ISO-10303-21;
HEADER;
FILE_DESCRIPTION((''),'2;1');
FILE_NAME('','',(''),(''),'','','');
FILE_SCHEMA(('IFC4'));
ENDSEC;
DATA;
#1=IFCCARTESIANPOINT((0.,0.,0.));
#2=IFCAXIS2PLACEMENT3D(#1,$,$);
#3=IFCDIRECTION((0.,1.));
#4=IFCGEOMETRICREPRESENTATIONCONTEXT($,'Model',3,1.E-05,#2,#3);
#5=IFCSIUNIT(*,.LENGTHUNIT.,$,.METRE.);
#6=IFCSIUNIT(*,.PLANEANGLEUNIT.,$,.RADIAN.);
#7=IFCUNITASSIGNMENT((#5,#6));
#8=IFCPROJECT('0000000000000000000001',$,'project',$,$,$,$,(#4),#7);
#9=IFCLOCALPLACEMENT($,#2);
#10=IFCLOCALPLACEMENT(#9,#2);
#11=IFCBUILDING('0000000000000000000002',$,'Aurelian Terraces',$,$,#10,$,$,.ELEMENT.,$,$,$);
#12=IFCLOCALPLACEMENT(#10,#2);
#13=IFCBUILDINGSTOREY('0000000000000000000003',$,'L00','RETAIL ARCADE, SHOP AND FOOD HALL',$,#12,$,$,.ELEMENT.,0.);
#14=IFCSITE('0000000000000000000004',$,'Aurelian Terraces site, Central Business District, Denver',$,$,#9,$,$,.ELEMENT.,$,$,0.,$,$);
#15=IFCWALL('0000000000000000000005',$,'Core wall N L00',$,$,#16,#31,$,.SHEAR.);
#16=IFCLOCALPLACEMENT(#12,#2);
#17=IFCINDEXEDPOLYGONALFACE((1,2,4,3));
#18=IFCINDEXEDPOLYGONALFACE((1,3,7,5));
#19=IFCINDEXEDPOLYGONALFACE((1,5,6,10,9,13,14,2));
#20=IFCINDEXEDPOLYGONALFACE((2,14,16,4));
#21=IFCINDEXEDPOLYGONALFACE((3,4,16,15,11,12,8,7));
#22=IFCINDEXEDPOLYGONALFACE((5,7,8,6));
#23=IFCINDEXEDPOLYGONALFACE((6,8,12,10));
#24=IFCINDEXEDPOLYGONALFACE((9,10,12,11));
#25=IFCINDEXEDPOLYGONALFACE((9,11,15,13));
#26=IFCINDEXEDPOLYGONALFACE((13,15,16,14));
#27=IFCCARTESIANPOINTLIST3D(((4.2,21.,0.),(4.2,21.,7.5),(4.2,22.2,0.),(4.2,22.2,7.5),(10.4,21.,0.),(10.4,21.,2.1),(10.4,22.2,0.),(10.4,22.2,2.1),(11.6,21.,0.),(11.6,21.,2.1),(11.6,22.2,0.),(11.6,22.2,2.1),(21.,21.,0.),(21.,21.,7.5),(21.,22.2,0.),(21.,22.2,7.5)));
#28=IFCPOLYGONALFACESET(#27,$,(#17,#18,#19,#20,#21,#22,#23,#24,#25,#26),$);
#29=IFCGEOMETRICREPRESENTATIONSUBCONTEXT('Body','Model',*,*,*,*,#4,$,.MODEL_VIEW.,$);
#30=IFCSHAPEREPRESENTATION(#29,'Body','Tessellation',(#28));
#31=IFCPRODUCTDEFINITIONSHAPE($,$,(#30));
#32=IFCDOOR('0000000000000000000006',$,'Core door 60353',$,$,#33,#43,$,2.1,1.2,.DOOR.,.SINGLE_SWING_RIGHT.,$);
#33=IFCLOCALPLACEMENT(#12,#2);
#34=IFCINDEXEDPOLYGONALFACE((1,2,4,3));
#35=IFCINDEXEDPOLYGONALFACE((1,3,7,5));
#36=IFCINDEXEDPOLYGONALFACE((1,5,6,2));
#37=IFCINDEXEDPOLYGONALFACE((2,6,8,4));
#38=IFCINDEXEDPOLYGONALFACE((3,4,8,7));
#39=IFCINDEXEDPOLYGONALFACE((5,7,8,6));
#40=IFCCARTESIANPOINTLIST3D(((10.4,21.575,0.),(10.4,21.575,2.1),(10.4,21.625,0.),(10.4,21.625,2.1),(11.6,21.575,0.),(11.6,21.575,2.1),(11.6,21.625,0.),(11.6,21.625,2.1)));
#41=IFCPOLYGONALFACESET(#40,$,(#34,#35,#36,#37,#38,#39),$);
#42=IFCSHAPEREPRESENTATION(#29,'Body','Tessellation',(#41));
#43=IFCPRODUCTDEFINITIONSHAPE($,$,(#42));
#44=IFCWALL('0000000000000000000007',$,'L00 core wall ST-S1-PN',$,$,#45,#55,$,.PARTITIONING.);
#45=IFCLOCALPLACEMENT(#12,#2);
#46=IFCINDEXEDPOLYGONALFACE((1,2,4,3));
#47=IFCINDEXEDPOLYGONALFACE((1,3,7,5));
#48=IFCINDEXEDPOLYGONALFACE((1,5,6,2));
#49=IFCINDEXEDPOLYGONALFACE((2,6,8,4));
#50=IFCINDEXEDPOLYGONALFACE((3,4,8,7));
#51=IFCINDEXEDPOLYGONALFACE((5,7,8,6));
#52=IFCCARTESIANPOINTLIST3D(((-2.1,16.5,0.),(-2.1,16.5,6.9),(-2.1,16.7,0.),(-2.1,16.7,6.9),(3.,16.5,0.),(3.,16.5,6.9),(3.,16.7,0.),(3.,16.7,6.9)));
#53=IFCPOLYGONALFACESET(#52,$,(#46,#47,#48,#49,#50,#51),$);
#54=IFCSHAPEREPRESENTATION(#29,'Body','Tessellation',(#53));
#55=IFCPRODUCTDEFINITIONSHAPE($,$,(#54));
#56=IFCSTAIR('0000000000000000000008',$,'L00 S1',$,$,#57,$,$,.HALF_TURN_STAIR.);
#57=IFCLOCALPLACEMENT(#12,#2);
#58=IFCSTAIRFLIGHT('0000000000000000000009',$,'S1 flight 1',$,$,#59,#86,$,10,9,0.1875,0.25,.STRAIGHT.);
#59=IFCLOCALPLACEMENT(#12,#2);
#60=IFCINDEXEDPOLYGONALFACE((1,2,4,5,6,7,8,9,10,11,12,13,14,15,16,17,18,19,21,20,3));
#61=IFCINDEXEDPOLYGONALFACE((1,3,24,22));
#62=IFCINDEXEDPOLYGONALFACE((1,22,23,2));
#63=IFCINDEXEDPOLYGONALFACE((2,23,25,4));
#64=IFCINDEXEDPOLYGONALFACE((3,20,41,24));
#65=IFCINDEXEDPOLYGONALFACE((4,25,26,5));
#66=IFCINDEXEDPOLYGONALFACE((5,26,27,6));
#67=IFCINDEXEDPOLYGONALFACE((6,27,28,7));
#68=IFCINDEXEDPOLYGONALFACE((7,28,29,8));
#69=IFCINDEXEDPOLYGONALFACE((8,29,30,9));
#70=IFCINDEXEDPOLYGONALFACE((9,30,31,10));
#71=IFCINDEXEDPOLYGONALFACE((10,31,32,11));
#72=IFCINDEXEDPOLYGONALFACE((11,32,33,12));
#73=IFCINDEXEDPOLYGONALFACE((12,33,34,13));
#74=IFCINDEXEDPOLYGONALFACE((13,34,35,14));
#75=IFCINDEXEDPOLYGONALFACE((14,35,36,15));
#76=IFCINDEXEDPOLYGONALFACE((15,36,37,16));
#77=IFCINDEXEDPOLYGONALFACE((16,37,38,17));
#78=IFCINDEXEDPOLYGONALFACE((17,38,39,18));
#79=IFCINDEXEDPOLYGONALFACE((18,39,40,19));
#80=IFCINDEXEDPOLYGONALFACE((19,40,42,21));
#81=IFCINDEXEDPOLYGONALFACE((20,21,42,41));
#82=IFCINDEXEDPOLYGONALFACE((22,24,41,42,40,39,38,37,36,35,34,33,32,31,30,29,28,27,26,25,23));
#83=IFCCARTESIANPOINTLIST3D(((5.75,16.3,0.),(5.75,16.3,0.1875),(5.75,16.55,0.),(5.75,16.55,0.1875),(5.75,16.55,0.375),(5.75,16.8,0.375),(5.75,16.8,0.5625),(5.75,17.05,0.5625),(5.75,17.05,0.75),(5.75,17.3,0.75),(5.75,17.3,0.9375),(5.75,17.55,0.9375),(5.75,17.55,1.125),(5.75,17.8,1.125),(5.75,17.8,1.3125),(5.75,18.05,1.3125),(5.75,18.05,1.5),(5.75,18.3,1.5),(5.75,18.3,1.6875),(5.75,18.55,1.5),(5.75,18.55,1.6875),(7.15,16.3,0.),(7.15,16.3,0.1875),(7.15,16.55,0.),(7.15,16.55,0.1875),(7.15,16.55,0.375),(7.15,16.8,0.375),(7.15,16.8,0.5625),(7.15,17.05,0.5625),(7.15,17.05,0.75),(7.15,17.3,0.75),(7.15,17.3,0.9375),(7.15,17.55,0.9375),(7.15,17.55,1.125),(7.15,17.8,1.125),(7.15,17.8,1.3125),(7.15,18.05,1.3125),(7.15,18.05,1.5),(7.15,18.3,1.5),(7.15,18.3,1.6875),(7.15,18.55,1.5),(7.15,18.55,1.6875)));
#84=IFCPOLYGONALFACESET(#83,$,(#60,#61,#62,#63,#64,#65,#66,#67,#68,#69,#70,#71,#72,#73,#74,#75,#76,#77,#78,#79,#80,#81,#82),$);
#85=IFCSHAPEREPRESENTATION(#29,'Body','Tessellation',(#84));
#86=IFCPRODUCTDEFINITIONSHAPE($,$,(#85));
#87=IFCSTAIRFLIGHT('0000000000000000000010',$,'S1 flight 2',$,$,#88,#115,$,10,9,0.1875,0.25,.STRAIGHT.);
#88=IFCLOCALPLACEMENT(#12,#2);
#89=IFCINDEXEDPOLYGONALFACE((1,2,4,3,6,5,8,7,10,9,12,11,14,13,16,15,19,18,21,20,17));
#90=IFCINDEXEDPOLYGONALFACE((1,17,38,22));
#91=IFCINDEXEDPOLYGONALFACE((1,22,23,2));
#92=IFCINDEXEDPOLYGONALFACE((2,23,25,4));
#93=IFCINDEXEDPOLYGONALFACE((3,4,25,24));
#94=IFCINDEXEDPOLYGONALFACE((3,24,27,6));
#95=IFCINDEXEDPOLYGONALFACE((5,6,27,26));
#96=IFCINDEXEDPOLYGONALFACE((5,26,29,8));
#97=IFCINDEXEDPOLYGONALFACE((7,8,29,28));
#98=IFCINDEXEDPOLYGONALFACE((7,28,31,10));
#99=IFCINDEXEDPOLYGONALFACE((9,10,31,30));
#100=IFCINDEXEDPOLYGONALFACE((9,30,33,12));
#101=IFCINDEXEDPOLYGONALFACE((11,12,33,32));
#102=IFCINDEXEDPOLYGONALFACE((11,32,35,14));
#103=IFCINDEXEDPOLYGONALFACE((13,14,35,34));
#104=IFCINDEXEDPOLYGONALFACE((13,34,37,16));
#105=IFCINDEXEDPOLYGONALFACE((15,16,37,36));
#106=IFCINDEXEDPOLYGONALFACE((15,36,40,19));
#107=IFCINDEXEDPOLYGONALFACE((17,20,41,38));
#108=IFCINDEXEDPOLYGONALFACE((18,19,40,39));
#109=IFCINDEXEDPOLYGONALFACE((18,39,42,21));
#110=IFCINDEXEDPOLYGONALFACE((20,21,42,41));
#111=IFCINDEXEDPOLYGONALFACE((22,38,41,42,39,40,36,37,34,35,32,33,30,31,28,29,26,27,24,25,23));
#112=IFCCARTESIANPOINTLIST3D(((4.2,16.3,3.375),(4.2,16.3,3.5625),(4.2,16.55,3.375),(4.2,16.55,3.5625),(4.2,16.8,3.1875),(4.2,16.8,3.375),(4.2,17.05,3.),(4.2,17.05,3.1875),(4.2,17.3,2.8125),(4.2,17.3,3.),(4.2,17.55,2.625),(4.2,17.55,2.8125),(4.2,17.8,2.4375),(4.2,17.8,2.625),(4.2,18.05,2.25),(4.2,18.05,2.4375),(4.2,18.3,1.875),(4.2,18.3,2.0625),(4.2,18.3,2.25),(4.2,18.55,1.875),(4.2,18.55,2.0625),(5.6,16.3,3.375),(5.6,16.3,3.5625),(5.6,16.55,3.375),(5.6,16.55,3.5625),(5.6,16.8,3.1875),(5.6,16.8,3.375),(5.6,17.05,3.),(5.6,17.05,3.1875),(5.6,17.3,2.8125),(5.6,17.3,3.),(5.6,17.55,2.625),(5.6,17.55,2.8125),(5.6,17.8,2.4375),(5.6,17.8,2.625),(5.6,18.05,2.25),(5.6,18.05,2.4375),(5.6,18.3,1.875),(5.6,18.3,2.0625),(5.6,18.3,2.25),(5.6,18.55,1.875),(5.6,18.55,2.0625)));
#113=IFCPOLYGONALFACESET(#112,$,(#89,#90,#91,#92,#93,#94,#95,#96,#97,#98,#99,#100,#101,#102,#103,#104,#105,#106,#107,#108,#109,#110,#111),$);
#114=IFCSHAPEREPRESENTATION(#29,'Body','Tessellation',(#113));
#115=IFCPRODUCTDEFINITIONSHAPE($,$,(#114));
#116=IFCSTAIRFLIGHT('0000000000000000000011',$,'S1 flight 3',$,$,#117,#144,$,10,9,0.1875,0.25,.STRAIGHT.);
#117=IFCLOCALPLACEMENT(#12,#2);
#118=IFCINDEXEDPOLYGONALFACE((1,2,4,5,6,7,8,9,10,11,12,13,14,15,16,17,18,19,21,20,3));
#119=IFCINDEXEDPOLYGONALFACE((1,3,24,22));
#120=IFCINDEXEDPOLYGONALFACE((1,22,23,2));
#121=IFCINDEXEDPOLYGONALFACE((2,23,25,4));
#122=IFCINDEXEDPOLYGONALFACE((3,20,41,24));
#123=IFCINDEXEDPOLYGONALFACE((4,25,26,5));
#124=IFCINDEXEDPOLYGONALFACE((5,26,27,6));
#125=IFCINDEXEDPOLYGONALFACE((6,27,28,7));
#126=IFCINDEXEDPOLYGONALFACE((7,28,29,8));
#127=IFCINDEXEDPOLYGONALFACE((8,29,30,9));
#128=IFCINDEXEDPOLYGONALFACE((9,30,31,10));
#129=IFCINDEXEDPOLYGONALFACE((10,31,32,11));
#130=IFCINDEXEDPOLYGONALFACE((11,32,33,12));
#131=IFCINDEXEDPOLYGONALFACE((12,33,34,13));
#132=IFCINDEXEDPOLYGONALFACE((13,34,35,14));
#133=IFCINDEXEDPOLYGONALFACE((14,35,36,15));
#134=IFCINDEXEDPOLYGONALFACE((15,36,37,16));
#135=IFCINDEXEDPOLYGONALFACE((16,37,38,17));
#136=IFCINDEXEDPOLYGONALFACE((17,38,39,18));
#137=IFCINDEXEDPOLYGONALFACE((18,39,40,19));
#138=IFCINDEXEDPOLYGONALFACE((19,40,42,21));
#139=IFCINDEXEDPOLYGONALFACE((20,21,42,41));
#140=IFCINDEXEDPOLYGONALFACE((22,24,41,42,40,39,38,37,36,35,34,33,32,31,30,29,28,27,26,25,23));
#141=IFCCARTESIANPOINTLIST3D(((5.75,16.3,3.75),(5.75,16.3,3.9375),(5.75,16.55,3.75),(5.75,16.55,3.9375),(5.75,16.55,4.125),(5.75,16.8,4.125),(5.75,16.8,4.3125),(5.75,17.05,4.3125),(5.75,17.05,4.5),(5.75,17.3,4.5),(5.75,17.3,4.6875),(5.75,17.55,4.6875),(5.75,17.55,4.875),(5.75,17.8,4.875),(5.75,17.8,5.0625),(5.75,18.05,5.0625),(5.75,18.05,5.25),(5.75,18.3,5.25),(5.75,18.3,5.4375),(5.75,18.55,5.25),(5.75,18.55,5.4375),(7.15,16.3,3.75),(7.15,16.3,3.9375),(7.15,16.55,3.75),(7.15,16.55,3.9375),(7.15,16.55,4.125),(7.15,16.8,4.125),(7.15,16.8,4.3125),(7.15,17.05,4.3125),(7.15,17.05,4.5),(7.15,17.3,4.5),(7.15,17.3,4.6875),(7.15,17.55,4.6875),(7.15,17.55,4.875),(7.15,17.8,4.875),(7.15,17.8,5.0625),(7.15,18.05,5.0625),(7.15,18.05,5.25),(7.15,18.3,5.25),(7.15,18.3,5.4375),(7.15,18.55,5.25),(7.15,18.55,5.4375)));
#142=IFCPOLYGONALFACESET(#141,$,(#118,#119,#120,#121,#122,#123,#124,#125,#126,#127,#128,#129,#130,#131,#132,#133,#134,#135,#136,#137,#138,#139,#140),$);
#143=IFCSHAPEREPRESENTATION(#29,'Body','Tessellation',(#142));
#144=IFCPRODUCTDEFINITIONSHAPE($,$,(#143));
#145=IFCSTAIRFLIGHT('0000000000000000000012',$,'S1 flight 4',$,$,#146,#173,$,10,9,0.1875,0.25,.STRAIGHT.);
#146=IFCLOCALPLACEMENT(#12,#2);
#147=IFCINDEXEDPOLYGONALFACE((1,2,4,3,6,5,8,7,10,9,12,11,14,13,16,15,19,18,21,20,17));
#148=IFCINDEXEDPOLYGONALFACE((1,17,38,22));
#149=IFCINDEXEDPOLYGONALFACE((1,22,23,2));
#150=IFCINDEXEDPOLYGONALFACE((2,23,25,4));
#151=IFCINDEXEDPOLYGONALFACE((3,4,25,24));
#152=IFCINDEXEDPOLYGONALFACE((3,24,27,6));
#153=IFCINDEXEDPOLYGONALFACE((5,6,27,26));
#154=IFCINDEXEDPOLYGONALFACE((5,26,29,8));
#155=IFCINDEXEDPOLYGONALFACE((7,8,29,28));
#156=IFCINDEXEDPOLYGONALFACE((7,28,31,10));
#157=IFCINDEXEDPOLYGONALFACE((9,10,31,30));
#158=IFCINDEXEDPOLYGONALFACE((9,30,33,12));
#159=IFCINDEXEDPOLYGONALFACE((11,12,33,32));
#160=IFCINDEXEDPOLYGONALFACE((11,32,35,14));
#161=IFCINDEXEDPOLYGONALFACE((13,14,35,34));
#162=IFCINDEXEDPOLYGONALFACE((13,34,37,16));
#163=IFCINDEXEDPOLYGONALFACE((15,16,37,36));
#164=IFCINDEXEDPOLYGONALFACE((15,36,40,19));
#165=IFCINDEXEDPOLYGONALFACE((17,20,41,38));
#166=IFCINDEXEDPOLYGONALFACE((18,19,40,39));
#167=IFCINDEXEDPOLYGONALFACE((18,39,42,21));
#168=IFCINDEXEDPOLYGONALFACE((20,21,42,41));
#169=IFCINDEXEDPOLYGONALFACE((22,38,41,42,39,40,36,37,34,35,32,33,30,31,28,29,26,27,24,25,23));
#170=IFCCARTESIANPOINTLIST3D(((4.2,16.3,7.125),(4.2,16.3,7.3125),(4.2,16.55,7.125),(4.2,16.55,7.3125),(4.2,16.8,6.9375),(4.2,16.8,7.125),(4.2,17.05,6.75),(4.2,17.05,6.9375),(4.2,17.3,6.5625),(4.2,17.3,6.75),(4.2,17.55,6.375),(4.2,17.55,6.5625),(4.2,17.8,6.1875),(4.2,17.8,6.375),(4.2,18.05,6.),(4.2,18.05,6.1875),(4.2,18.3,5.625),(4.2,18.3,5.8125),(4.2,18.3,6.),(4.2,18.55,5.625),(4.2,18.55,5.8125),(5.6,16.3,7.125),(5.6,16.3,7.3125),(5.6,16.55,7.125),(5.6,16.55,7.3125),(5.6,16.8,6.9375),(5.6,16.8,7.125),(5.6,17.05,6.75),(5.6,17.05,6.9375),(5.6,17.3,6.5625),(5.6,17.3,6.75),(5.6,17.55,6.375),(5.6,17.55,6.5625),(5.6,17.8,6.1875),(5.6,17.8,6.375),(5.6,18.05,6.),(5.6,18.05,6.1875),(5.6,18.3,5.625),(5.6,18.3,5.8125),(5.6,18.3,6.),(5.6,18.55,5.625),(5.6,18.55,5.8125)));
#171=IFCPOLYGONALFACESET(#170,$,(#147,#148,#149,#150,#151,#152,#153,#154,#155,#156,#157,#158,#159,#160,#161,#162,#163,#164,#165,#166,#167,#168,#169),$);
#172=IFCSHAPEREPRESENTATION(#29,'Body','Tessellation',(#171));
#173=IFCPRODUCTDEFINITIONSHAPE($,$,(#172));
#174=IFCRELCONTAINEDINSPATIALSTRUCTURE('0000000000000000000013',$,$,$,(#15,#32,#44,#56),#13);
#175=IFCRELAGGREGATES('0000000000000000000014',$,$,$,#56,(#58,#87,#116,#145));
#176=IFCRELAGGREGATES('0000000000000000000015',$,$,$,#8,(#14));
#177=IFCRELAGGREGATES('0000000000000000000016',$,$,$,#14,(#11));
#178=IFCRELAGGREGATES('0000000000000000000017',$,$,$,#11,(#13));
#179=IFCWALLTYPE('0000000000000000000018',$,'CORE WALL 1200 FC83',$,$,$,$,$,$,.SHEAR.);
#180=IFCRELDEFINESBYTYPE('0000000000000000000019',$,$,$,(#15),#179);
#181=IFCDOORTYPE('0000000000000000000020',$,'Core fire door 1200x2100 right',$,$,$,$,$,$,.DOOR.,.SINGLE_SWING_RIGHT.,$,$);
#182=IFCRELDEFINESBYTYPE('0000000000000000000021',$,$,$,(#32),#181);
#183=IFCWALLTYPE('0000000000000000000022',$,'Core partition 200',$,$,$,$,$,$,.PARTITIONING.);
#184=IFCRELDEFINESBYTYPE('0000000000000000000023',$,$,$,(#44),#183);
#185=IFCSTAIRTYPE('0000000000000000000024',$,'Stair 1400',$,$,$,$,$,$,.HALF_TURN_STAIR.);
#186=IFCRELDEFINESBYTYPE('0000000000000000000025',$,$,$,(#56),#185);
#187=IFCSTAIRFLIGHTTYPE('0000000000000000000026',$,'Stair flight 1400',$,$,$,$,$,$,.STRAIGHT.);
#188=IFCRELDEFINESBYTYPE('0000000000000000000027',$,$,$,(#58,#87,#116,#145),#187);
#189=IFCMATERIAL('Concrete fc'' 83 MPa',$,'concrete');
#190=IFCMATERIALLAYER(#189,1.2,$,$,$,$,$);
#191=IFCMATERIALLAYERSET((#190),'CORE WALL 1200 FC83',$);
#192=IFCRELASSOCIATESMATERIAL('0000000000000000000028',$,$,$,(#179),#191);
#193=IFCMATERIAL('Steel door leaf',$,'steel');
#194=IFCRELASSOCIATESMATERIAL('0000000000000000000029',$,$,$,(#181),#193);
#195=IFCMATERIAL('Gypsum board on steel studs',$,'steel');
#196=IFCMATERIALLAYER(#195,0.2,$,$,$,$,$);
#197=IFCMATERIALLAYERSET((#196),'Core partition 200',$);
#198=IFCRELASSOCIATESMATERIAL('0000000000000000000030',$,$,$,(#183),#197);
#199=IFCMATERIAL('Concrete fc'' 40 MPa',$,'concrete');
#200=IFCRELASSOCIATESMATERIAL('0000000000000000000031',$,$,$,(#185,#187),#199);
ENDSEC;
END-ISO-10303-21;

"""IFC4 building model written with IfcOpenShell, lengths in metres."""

from ifc_helpers import new_model, si_unit, direction, frame, frame_2d, origin, place, context, subcontext, project, spatial, polyline, rectangle, outline, extrude, source, transform, mapped, material, layer, layer_set, type_object, element, fill, aggregate, save


model = new_model("IFC4")

# Units and contexts
model_context = context("Model", 3, precision=1e-05, world=origin(), true_north=direction((0.0, 1.0)))
body_context = subcontext(model_context, "Body", "Model", "MODEL_VIEW")
ifc_project = project(units=[si_unit("LENGTHUNIT", "METRE"), si_unit("PLANEANGLEUNIT", "RADIAN")], contexts=[model_context])

# Site, building, storey
site_placement = place(None, origin())
site = spatial("IfcSite", under=ifc_project, at=site_placement, Name="Aurelian Terraces site, Central Business District, Denver", CompositionType="ELEMENT", RefElevation=0.0)
building_placement = place(site_placement, origin())
building = spatial("IfcBuilding", under=site, at=building_placement, Name="Aurelian Terraces", CompositionType="ELEMENT")
storey_placement = place(building_placement, origin())
storey = spatial("IfcBuildingStorey", under=building, at=storey_placement, Name="L00", Description="RETAIL ARCADE, SHOP AND FOOD HALL", CompositionType="ELEMENT", Elevation=0.0)

# Shared definitions
ifc_material_1 = material(Name="Concrete fc' 83 MPa", Category="concrete")

# Wall, opening, door
ifc_material_2 = material(Name="Gypsum board on steel studs", Category="steel")
ifc_layer_1 = layer(ifc_material_1, 1.2)
ifc_layer_set_1 = layer_set([ifc_layer_1], Name="CORE WALL 1200 FC83")
wall_type_1 = type_object("IfcWallType", Name="CORE WALL 1200 FC83", PredefinedType="SHEAR", material=ifc_layer_set_1)
shared_shape_1 = source(origin(), body_context, "Body", "SweptSolid", [
    extrude(rectangle(XDim=16.8, YDim=1.2, at=frame_2d((8.4, 0.0))), origin(), (0.0, 0.0, 1.0), 7.5),
])
wall_1_placement = place(storey_placement, frame((4.2, 21.6, 0.0), z_axis=(0.0, 0.0, 1.0), x_axis=(1.0, 0.0, 0.0)))
wall_1 = element("IfcWall", 1, at=wall_1_placement, inside=storey, type_object=wall_type_1, Name="Core wall N L00", PredefinedType="SHEAR", context=body_context, shape_type="MappedRepresentation", body=[
    mapped(shared_shape_1, transform((0.0, 0.0, 0.0), scale=1.0)),
])
shared_shape_2 = source(origin(), body_context, "Body", "SweptSolid", [
    extrude(rectangle(XDim=1.2, YDim=2.1, at=frame_2d((0.6, 1.05))), frame((0.0, 0.61, 0.0), z_axis=(0.0, -1.0, 0.0), x_axis=(1.0, 0.0, 0.0)), (0.0, 0.0, 1.0), 1.22),
])
opening_1_placement = place(wall_1_placement, frame((6.2, 0.0, 0.0)))
opening_1 = element("IfcOpeningElement", 2, at=opening_1_placement, cuts=wall_1, PredefinedType="OPENING", context=body_context, shape_type="MappedRepresentation", body=[
    mapped(shared_shape_2, transform((0.0, 0.0, 0.0), scale=1.0)),
])
ifc_material_3 = material(Name="Steel door leaf", Category="steel")
door_type_1 = type_object("IfcDoorType", Name="Core fire door 1200x2100 right", OperationType="SINGLE_SWING_RIGHT", PredefinedType="DOOR", material=ifc_material_3)
shared_shape_3 = source(origin(), body_context, "Body", "SweptSolid", [
    extrude(rectangle(XDim=1.2, YDim=2.1, at=frame_2d((0.6, 1.05))), frame((0.0, 0.025, 0.0), z_axis=(0.0, -1.0, 0.0), x_axis=(1.0, 0.0, 0.0)), (0.0, 0.0, 1.0), 0.05),
])
door_1_placement = place(opening_1_placement, origin())
door_1 = element("IfcDoor", 3, at=door_1_placement, inside=storey, type_object=door_type_1, Name="Core door 60353", OperationType="SINGLE_SWING_RIGHT", OverallHeight=2.1, OverallWidth=1.2, PredefinedType="DOOR", context=body_context, shape_type="MappedRepresentation", body=[
    mapped(shared_shape_3, transform((0.0, 0.0, 0.0), scale=1.0)),
])
fill(opening_1, door_1)

# Wall
ifc_layer_2 = layer(ifc_material_2, 0.2)
ifc_layer_set_2 = layer_set([ifc_layer_2], Name="Core partition 200")
wall_type_2 = type_object("IfcWallType", Name="Core partition 200", PredefinedType="PARTITIONING", material=ifc_layer_set_2)
shared_shape_4 = source(origin(), body_context, "Body", "SweptSolid", [
    extrude(rectangle(XDim=5.1, YDim=0.2, at=frame_2d((2.55, 0.0))), origin(), (0.0, 0.0, 1.0), 6.9),
])
wall_2_placement = place(storey_placement, frame((-2.1, 16.6, 0.0), z_axis=(0.0, 0.0, 1.0), x_axis=(1.0, 0.0, 0.0)))
element("IfcWall", 4, at=wall_2_placement, inside=storey, type_object=wall_type_2, Name="L00 core wall ST-S1-PN", PredefinedType="PARTITIONING", context=body_context, shape_type="MappedRepresentation", body=[
    mapped(shared_shape_4, transform((0.0, 0.0, 0.0), scale=1.0)),
])

# Stair, stair flights
ifc_material_4 = material(Name="Concrete fc' 40 MPa", Category="concrete")
stair_type = type_object("IfcStairType", Name="Stair 1400", PredefinedType="HALF_TURN_STAIR", material=ifc_material_4)
stair_placement = place(storey_placement, origin())
stair = element("IfcStair", 5, at=stair_placement, inside=storey, type_object=stair_type, Name="L00 S1", PredefinedType="HALF_TURN_STAIR")
stair_flight_type = type_object("IfcStairFlightType", Name="Stair flight 1400", PredefinedType="STRAIGHT", material=ifc_material_4)
stair_flight_1_placement = place(storey_placement, frame((6.45, 16.3, 0.0), z_axis=(0.0, 0.0, 1.0), x_axis=(0.0, 1.0, 0.0)))
stair_flight_1 = element("IfcStairFlight", 6, at=stair_flight_1_placement, type_object=stair_flight_type, Name="S1 flight 1", NumberOfRisers=10, NumberOfTreads=9, PredefinedType="STRAIGHT", RiserHeight=0.1875, TreadLength=0.25, context=body_context, shape_type="SweptSolid", body=[
    extrude(outline(polyline([(0.0, 0.0), (0.0, 0.1875), (0.25, 0.1875), (0.25, 0.375), (0.5, 0.375), (0.5, 0.5625), (0.75, 0.5625), (0.75, 0.75), (1.0, 0.75), (1.0, 0.9375), (1.25, 0.9375), (1.25, 1.125), (1.5, 1.125), (1.5, 1.3125), (1.75, 1.3125), (1.75, 1.5), (2.0, 1.5), (2.0, 1.6875), (2.25, 1.6875), (2.25, 1.875), (2.25, 1.5), (0.25, 0.0), (0.0, 0.0)])), frame((0.0, 0.7, 0.0), z_axis=(0.0, -1.0, 0.0), x_axis=(1.0, 0.0, 0.0)), (0.0, 0.0, 1.0), 1.4),
])
shared_shape_5 = source(origin(), body_context, "Body", "SweptSolid", [
    extrude(outline(polyline([(0.0, 0.0), (0.0, 0.1875), (0.25, 0.1875), (0.25, 0.375), (0.5, 0.375), (0.5, 0.5625), (0.75, 0.5625), (0.75, 0.75), (1.0, 0.75), (1.0, 0.9375), (1.25, 0.9375), (1.25, 1.125), (1.5, 1.125), (1.5, 1.3125), (1.75, 1.3125), (1.75, 1.5), (2.0, 1.5), (2.0, 1.6875), (2.25, 1.6875), (2.25, 1.875), (2.25, 1.5), (0.25, 0.0), (0.0, 0.0)])), frame((0.0, 0.7, 0.0), z_axis=(0.0, -1.0, 0.0), x_axis=(1.0, 0.0, 0.0)), (0.0, 0.0, 1.0), 1.4),
])
stair_flight_2_placement = place(storey_placement, frame((4.9, 18.55, 1.875), z_axis=(0.0, 0.0, 1.0), x_axis=(0.0, -1.0, 0.0)))
stair_flight_2 = element("IfcStairFlight", 7, at=stair_flight_2_placement, type_object=stair_flight_type, Name="S1 flight 2", NumberOfRisers=10, NumberOfTreads=9, PredefinedType="STRAIGHT", RiserHeight=0.1875, TreadLength=0.25, context=body_context, shape_type="MappedRepresentation", body=[
    mapped(shared_shape_5, transform((0.0, 0.0, 0.0), scale=1.0)),
])
stair_flight_3_placement = place(storey_placement, frame((6.45, 16.3, 3.75), z_axis=(0.0, 0.0, 1.0), x_axis=(0.0, 1.0, 0.0)))
stair_flight_3 = element("IfcStairFlight", 8, at=stair_flight_3_placement, type_object=stair_flight_type, Name="S1 flight 3", NumberOfRisers=10, NumberOfTreads=9, PredefinedType="STRAIGHT", RiserHeight=0.1875, TreadLength=0.25, context=body_context, shape_type="MappedRepresentation", body=[
    mapped(shared_shape_5, transform((0.0, 0.0, 0.0), scale=1.0)),
])
stair_flight_4_placement = place(storey_placement, frame((4.9, 18.55, 5.625), z_axis=(0.0, 0.0, 1.0), x_axis=(0.0, -1.0, 0.0)))
stair_flight_4 = element("IfcStairFlight", 9, at=stair_flight_4_placement, type_object=stair_flight_type, Name="S1 flight 4", NumberOfRisers=10, NumberOfTreads=9, PredefinedType="STRAIGHT", RiserHeight=0.1875, TreadLength=0.25, context=body_context, shape_type="MappedRepresentation", body=[
    mapped(shared_shape_5, transform((0.0, 0.0, 0.0), scale=1.0)),
])
aggregate(stair, [stair_flight_1, stair_flight_2, stair_flight_3, stair_flight_4])

save(model, "model.ifc")
